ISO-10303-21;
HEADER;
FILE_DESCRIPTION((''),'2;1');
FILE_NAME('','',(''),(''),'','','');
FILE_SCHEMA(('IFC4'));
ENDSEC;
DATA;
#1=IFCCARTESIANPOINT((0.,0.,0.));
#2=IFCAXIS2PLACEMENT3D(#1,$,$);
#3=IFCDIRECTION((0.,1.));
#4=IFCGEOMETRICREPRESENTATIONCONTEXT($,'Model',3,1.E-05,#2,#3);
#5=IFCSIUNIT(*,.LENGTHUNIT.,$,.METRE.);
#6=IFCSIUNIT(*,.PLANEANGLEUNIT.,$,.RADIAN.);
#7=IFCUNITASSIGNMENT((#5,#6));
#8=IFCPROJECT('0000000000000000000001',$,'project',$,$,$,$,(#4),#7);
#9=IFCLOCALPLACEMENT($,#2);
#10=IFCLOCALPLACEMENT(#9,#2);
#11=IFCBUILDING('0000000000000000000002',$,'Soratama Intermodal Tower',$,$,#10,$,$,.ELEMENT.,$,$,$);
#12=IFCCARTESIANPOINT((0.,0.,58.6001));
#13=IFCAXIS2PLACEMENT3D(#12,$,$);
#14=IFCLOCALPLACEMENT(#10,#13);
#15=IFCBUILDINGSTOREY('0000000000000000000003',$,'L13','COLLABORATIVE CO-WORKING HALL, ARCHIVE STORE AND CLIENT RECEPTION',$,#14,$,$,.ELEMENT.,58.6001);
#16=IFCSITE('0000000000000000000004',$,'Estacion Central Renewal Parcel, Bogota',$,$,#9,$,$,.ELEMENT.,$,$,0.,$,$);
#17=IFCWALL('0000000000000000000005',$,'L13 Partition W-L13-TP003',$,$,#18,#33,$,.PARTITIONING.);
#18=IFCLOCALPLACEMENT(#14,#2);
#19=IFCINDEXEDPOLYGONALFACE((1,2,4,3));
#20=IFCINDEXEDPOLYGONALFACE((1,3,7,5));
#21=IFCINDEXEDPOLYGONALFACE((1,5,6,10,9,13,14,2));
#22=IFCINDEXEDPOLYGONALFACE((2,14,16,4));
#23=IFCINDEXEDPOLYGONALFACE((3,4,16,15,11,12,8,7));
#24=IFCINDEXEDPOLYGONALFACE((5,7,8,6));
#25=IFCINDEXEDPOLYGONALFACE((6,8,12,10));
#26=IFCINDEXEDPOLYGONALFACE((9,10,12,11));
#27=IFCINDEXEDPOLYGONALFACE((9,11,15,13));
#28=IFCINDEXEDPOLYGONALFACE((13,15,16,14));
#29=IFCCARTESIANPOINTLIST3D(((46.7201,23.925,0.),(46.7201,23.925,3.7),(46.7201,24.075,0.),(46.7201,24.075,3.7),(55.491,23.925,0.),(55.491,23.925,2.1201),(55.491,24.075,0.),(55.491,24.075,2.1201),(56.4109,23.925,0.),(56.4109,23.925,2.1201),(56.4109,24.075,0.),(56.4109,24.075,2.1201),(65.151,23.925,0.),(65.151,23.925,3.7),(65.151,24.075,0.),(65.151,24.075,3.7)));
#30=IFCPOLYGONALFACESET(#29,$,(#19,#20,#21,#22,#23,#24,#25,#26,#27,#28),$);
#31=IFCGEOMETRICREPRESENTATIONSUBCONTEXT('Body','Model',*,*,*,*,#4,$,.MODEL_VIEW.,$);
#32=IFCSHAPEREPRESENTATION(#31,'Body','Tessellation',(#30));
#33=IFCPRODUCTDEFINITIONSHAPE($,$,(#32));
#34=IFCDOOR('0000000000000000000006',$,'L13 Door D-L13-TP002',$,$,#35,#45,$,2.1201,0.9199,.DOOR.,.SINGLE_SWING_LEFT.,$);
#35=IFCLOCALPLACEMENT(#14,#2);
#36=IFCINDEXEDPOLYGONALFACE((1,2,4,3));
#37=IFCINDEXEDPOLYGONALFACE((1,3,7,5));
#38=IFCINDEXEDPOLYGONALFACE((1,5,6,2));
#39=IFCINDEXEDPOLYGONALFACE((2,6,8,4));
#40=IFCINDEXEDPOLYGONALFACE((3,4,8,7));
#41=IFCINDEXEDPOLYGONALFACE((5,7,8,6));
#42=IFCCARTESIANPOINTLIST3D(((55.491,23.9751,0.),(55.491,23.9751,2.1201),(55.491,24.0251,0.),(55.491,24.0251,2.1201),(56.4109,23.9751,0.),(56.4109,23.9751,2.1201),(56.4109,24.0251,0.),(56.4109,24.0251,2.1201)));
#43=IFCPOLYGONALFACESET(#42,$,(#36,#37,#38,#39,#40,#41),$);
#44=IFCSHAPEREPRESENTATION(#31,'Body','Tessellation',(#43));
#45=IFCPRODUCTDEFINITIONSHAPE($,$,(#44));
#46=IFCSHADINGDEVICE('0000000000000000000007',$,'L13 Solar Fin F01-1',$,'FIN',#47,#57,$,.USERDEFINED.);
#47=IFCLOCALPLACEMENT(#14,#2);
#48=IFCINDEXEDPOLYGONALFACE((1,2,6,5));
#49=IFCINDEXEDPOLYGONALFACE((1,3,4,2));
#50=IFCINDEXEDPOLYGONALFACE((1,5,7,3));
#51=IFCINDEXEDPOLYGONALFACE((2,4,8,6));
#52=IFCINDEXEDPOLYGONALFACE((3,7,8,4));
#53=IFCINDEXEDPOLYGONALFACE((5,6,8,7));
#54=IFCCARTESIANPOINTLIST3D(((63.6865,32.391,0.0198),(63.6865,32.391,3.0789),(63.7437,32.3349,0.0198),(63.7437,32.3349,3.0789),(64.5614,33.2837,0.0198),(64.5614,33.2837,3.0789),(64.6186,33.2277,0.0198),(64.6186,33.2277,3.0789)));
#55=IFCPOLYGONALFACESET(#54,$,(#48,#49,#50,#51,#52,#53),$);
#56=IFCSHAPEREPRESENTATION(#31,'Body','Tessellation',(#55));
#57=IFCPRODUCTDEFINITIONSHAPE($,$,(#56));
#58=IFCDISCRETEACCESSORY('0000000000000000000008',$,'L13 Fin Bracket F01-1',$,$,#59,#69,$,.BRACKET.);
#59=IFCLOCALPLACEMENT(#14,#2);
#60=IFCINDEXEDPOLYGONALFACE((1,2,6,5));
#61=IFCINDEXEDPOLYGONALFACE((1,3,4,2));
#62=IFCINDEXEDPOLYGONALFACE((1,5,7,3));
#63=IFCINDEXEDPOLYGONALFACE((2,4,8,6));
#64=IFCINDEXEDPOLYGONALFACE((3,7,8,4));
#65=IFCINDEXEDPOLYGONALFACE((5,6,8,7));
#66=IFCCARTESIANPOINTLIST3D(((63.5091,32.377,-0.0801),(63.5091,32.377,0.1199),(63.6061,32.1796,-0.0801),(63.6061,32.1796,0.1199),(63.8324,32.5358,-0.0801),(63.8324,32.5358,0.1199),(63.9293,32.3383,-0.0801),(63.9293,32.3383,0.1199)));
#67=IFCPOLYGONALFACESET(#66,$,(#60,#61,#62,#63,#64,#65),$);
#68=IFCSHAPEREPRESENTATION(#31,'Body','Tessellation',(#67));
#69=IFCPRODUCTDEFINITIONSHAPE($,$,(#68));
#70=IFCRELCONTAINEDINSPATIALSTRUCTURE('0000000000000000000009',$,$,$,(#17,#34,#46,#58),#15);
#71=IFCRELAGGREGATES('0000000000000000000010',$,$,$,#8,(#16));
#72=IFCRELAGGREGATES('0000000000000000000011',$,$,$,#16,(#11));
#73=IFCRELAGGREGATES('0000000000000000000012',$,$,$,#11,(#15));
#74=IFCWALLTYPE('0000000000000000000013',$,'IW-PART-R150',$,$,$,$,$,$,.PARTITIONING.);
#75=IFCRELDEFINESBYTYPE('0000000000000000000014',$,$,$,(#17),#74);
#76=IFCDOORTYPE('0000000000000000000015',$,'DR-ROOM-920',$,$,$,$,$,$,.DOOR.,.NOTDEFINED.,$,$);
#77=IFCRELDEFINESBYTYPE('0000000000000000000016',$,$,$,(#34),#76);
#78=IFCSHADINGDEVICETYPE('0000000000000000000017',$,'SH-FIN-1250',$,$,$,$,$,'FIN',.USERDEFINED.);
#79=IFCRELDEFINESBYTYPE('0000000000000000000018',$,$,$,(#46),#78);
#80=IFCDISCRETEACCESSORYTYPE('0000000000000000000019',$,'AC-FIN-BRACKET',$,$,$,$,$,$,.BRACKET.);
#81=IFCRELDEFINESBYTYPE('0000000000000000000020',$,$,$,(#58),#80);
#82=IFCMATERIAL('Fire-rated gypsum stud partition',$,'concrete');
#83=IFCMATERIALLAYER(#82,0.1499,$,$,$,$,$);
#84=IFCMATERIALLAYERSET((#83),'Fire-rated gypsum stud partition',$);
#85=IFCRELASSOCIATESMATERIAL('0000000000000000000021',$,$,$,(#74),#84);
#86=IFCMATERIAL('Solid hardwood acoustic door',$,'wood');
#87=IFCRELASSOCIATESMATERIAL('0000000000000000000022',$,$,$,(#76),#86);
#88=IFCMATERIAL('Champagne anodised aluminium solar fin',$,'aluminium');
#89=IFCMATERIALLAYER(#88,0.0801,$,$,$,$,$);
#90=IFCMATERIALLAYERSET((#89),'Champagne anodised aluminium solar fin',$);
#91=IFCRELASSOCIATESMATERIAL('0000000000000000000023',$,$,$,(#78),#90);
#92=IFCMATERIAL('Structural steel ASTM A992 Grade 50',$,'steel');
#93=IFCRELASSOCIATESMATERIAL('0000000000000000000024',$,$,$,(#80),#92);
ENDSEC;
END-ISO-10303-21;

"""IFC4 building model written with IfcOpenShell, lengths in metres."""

from ifc_helpers import new_model, si_unit, direction, frame, frame_2d, origin, origin_2d, place, context, subcontext, project, spatial, rectangle, extrude, material, layer, layer_set, type_object, element, fill, save


model = new_model("IFC4")

# Units and contexts
model_context = context("Model", 3, precision=1e-05, world=origin(), true_north=direction((0.0, 1.0)))
body_context = subcontext(model_context, "Body", "Model", "MODEL_VIEW")
ifc_project = project(units=[si_unit("LENGTHUNIT", "METRE"), si_unit("PLANEANGLEUNIT", "RADIAN")], contexts=[model_context])

# Site, building, storey
site_placement = place(None, origin())
site = spatial("IfcSite", under=ifc_project, at=site_placement, Name="Estacion Central Renewal Parcel, Bogota", CompositionType="ELEMENT", RefElevation=0.0)
building_placement = place(site_placement, origin())
building = spatial("IfcBuilding", under=site, at=building_placement, Name="Soratama Intermodal Tower", CompositionType="ELEMENT")
storey_placement = place(building_placement, frame((0.0, 0.0, 58.6001)))
storey = spatial("IfcBuildingStorey", under=building, at=storey_placement, Name="L13", Description="COLLABORATIVE CO-WORKING HALL, ARCHIVE STORE AND CLIENT RECEPTION", CompositionType="ELEMENT", Elevation=58.6001)

# Wall, opening, door
ifc_material_1 = material(Name="Fire-rated gypsum stud partition", Category="concrete")
ifc_layer_1 = layer(ifc_material_1, 0.1499)
ifc_layer_set_1 = layer_set([ifc_layer_1], Name="Fire-rated gypsum stud partition")
wall_type_1 = type_object("IfcWallType", Name="IW-PART-R150", PredefinedType="PARTITIONING", material=ifc_layer_set_1)
wall_1_placement = place(storey_placement, frame((65.1509, 24.0, 0.0), z_axis=(0.0, 0.0, 1.0), x_axis=(-1.0, 0.0, 0.0)))
wall_1 = element("IfcWall", 1, at=wall_1_placement, inside=storey, type_object=wall_type_1, Name="L13 Partition W-L13-TP003", PredefinedType="PARTITIONING", context=body_context, shape_type="SweptSolid", body=[
    extrude(rectangle(XDim=18.4309, YDim=0.1499, at=frame_2d((9.2153, 0.0))), origin(), (0.0, 0.0, 1.0), 3.7),
])
opening_1_placement = place(wall_1_placement, frame((8.74, 0.0, 0.0)))
opening_1 = element("IfcOpeningElement", 2, at=opening_1_placement, cuts=wall_1, PredefinedType="OPENING", context=body_context, shape_type="SweptSolid", body=[
    extrude(rectangle(XDim=0.9199, YDim=2.1201, at=frame_2d((0.46, 1.0601))), frame((0.0, 0.085, 0.0), z_axis=(0.0, -1.0, 0.0), x_axis=(1.0, 0.0, 0.0)), (0.0, 0.0, 1.0), 0.1699),
])
ifc_material_2 = material(Name="Solid hardwood acoustic door", Category="wood")
door_type = type_object("IfcDoorType", Name="DR-ROOM-920", OperationType="NOTDEFINED", PredefinedType="DOOR", material=ifc_material_2)
door_placement = place(opening_1_placement, origin())
door = element("IfcDoor", 3, at=door_placement, inside=storey, type_object=door_type, Name="L13 Door D-L13-TP002", OperationType="SINGLE_SWING_LEFT", OverallHeight=2.1201, OverallWidth=0.9199, PredefinedType="DOOR", context=body_context, shape_type="SweptSolid", body=[
    extrude(rectangle(XDim=0.9199, YDim=2.1201, at=frame_2d((0.46, 1.0601))), frame((0.0, 0.0249, 0.0), z_axis=(0.0, -1.0, 0.0), x_axis=(1.0, 0.0, 0.0)), (0.0, 0.0, 1.0), 0.05),
])
fill(opening_1, door)

# Shading device
ifc_material_3 = material(Name="Champagne anodised aluminium solar fin", Category="aluminium")
ifc_layer_2 = layer(ifc_material_3, 0.0801)
ifc_layer_set_2 = layer_set([ifc_layer_2], Name="Champagne anodised aluminium solar fin")
shading_device_type = type_object("IfcShadingDeviceType", Name="SH-FIN-1250", ElementType="FIN", PredefinedType="USERDEFINED", material=ifc_layer_set_2)
shading_device_placement = place(storey_placement, frame((64.1526, 32.8093, 0.0198), z_axis=(0.0, 0.0, 1.0), x_axis=(0.699913, 0.714228, 0.0)))
element("IfcShadingDevice", 4, at=shading_device_placement, inside=storey, type_object=shading_device_type, Name="L13 Solar Fin F01-1", ObjectType="FIN", PredefinedType="USERDEFINED", context=body_context, shape_type="SweptSolid", body=[
    extrude(rectangle(XDim=1.25, YDim=0.0801, at=origin_2d()), origin(), (0.0, 0.0, 1.0), 3.0591),
])

# Discrete accessory
ifc_material_4 = material(Name="Structural steel ASTM A992 Grade 50", Category="steel")
discrete_accessory_type = type_object("IfcDiscreteAccessoryType", Name="AC-FIN-BRACKET", PredefinedType="BRACKET", material=ifc_material_4)
discrete_accessory_placement = place(storey_placement, frame((63.7192, 32.3577, -0.0801), z_axis=(0.0, 0.0, 1.0), x_axis=(0.897566, 0.440879, 0.0)))
element("IfcDiscreteAccessory", 5, at=discrete_accessory_placement, inside=storey, type_object=discrete_accessory_type, Name="L13 Fin Bracket F01-1", PredefinedType="BRACKET", context=body_context, shape_type="SweptSolid", body=[
    extrude(rectangle(XDim=0.3601, YDim=0.22, at=origin_2d()), origin(), (0.0, 0.0, 1.0), 0.2),
])

save(model, "model.ifc")
